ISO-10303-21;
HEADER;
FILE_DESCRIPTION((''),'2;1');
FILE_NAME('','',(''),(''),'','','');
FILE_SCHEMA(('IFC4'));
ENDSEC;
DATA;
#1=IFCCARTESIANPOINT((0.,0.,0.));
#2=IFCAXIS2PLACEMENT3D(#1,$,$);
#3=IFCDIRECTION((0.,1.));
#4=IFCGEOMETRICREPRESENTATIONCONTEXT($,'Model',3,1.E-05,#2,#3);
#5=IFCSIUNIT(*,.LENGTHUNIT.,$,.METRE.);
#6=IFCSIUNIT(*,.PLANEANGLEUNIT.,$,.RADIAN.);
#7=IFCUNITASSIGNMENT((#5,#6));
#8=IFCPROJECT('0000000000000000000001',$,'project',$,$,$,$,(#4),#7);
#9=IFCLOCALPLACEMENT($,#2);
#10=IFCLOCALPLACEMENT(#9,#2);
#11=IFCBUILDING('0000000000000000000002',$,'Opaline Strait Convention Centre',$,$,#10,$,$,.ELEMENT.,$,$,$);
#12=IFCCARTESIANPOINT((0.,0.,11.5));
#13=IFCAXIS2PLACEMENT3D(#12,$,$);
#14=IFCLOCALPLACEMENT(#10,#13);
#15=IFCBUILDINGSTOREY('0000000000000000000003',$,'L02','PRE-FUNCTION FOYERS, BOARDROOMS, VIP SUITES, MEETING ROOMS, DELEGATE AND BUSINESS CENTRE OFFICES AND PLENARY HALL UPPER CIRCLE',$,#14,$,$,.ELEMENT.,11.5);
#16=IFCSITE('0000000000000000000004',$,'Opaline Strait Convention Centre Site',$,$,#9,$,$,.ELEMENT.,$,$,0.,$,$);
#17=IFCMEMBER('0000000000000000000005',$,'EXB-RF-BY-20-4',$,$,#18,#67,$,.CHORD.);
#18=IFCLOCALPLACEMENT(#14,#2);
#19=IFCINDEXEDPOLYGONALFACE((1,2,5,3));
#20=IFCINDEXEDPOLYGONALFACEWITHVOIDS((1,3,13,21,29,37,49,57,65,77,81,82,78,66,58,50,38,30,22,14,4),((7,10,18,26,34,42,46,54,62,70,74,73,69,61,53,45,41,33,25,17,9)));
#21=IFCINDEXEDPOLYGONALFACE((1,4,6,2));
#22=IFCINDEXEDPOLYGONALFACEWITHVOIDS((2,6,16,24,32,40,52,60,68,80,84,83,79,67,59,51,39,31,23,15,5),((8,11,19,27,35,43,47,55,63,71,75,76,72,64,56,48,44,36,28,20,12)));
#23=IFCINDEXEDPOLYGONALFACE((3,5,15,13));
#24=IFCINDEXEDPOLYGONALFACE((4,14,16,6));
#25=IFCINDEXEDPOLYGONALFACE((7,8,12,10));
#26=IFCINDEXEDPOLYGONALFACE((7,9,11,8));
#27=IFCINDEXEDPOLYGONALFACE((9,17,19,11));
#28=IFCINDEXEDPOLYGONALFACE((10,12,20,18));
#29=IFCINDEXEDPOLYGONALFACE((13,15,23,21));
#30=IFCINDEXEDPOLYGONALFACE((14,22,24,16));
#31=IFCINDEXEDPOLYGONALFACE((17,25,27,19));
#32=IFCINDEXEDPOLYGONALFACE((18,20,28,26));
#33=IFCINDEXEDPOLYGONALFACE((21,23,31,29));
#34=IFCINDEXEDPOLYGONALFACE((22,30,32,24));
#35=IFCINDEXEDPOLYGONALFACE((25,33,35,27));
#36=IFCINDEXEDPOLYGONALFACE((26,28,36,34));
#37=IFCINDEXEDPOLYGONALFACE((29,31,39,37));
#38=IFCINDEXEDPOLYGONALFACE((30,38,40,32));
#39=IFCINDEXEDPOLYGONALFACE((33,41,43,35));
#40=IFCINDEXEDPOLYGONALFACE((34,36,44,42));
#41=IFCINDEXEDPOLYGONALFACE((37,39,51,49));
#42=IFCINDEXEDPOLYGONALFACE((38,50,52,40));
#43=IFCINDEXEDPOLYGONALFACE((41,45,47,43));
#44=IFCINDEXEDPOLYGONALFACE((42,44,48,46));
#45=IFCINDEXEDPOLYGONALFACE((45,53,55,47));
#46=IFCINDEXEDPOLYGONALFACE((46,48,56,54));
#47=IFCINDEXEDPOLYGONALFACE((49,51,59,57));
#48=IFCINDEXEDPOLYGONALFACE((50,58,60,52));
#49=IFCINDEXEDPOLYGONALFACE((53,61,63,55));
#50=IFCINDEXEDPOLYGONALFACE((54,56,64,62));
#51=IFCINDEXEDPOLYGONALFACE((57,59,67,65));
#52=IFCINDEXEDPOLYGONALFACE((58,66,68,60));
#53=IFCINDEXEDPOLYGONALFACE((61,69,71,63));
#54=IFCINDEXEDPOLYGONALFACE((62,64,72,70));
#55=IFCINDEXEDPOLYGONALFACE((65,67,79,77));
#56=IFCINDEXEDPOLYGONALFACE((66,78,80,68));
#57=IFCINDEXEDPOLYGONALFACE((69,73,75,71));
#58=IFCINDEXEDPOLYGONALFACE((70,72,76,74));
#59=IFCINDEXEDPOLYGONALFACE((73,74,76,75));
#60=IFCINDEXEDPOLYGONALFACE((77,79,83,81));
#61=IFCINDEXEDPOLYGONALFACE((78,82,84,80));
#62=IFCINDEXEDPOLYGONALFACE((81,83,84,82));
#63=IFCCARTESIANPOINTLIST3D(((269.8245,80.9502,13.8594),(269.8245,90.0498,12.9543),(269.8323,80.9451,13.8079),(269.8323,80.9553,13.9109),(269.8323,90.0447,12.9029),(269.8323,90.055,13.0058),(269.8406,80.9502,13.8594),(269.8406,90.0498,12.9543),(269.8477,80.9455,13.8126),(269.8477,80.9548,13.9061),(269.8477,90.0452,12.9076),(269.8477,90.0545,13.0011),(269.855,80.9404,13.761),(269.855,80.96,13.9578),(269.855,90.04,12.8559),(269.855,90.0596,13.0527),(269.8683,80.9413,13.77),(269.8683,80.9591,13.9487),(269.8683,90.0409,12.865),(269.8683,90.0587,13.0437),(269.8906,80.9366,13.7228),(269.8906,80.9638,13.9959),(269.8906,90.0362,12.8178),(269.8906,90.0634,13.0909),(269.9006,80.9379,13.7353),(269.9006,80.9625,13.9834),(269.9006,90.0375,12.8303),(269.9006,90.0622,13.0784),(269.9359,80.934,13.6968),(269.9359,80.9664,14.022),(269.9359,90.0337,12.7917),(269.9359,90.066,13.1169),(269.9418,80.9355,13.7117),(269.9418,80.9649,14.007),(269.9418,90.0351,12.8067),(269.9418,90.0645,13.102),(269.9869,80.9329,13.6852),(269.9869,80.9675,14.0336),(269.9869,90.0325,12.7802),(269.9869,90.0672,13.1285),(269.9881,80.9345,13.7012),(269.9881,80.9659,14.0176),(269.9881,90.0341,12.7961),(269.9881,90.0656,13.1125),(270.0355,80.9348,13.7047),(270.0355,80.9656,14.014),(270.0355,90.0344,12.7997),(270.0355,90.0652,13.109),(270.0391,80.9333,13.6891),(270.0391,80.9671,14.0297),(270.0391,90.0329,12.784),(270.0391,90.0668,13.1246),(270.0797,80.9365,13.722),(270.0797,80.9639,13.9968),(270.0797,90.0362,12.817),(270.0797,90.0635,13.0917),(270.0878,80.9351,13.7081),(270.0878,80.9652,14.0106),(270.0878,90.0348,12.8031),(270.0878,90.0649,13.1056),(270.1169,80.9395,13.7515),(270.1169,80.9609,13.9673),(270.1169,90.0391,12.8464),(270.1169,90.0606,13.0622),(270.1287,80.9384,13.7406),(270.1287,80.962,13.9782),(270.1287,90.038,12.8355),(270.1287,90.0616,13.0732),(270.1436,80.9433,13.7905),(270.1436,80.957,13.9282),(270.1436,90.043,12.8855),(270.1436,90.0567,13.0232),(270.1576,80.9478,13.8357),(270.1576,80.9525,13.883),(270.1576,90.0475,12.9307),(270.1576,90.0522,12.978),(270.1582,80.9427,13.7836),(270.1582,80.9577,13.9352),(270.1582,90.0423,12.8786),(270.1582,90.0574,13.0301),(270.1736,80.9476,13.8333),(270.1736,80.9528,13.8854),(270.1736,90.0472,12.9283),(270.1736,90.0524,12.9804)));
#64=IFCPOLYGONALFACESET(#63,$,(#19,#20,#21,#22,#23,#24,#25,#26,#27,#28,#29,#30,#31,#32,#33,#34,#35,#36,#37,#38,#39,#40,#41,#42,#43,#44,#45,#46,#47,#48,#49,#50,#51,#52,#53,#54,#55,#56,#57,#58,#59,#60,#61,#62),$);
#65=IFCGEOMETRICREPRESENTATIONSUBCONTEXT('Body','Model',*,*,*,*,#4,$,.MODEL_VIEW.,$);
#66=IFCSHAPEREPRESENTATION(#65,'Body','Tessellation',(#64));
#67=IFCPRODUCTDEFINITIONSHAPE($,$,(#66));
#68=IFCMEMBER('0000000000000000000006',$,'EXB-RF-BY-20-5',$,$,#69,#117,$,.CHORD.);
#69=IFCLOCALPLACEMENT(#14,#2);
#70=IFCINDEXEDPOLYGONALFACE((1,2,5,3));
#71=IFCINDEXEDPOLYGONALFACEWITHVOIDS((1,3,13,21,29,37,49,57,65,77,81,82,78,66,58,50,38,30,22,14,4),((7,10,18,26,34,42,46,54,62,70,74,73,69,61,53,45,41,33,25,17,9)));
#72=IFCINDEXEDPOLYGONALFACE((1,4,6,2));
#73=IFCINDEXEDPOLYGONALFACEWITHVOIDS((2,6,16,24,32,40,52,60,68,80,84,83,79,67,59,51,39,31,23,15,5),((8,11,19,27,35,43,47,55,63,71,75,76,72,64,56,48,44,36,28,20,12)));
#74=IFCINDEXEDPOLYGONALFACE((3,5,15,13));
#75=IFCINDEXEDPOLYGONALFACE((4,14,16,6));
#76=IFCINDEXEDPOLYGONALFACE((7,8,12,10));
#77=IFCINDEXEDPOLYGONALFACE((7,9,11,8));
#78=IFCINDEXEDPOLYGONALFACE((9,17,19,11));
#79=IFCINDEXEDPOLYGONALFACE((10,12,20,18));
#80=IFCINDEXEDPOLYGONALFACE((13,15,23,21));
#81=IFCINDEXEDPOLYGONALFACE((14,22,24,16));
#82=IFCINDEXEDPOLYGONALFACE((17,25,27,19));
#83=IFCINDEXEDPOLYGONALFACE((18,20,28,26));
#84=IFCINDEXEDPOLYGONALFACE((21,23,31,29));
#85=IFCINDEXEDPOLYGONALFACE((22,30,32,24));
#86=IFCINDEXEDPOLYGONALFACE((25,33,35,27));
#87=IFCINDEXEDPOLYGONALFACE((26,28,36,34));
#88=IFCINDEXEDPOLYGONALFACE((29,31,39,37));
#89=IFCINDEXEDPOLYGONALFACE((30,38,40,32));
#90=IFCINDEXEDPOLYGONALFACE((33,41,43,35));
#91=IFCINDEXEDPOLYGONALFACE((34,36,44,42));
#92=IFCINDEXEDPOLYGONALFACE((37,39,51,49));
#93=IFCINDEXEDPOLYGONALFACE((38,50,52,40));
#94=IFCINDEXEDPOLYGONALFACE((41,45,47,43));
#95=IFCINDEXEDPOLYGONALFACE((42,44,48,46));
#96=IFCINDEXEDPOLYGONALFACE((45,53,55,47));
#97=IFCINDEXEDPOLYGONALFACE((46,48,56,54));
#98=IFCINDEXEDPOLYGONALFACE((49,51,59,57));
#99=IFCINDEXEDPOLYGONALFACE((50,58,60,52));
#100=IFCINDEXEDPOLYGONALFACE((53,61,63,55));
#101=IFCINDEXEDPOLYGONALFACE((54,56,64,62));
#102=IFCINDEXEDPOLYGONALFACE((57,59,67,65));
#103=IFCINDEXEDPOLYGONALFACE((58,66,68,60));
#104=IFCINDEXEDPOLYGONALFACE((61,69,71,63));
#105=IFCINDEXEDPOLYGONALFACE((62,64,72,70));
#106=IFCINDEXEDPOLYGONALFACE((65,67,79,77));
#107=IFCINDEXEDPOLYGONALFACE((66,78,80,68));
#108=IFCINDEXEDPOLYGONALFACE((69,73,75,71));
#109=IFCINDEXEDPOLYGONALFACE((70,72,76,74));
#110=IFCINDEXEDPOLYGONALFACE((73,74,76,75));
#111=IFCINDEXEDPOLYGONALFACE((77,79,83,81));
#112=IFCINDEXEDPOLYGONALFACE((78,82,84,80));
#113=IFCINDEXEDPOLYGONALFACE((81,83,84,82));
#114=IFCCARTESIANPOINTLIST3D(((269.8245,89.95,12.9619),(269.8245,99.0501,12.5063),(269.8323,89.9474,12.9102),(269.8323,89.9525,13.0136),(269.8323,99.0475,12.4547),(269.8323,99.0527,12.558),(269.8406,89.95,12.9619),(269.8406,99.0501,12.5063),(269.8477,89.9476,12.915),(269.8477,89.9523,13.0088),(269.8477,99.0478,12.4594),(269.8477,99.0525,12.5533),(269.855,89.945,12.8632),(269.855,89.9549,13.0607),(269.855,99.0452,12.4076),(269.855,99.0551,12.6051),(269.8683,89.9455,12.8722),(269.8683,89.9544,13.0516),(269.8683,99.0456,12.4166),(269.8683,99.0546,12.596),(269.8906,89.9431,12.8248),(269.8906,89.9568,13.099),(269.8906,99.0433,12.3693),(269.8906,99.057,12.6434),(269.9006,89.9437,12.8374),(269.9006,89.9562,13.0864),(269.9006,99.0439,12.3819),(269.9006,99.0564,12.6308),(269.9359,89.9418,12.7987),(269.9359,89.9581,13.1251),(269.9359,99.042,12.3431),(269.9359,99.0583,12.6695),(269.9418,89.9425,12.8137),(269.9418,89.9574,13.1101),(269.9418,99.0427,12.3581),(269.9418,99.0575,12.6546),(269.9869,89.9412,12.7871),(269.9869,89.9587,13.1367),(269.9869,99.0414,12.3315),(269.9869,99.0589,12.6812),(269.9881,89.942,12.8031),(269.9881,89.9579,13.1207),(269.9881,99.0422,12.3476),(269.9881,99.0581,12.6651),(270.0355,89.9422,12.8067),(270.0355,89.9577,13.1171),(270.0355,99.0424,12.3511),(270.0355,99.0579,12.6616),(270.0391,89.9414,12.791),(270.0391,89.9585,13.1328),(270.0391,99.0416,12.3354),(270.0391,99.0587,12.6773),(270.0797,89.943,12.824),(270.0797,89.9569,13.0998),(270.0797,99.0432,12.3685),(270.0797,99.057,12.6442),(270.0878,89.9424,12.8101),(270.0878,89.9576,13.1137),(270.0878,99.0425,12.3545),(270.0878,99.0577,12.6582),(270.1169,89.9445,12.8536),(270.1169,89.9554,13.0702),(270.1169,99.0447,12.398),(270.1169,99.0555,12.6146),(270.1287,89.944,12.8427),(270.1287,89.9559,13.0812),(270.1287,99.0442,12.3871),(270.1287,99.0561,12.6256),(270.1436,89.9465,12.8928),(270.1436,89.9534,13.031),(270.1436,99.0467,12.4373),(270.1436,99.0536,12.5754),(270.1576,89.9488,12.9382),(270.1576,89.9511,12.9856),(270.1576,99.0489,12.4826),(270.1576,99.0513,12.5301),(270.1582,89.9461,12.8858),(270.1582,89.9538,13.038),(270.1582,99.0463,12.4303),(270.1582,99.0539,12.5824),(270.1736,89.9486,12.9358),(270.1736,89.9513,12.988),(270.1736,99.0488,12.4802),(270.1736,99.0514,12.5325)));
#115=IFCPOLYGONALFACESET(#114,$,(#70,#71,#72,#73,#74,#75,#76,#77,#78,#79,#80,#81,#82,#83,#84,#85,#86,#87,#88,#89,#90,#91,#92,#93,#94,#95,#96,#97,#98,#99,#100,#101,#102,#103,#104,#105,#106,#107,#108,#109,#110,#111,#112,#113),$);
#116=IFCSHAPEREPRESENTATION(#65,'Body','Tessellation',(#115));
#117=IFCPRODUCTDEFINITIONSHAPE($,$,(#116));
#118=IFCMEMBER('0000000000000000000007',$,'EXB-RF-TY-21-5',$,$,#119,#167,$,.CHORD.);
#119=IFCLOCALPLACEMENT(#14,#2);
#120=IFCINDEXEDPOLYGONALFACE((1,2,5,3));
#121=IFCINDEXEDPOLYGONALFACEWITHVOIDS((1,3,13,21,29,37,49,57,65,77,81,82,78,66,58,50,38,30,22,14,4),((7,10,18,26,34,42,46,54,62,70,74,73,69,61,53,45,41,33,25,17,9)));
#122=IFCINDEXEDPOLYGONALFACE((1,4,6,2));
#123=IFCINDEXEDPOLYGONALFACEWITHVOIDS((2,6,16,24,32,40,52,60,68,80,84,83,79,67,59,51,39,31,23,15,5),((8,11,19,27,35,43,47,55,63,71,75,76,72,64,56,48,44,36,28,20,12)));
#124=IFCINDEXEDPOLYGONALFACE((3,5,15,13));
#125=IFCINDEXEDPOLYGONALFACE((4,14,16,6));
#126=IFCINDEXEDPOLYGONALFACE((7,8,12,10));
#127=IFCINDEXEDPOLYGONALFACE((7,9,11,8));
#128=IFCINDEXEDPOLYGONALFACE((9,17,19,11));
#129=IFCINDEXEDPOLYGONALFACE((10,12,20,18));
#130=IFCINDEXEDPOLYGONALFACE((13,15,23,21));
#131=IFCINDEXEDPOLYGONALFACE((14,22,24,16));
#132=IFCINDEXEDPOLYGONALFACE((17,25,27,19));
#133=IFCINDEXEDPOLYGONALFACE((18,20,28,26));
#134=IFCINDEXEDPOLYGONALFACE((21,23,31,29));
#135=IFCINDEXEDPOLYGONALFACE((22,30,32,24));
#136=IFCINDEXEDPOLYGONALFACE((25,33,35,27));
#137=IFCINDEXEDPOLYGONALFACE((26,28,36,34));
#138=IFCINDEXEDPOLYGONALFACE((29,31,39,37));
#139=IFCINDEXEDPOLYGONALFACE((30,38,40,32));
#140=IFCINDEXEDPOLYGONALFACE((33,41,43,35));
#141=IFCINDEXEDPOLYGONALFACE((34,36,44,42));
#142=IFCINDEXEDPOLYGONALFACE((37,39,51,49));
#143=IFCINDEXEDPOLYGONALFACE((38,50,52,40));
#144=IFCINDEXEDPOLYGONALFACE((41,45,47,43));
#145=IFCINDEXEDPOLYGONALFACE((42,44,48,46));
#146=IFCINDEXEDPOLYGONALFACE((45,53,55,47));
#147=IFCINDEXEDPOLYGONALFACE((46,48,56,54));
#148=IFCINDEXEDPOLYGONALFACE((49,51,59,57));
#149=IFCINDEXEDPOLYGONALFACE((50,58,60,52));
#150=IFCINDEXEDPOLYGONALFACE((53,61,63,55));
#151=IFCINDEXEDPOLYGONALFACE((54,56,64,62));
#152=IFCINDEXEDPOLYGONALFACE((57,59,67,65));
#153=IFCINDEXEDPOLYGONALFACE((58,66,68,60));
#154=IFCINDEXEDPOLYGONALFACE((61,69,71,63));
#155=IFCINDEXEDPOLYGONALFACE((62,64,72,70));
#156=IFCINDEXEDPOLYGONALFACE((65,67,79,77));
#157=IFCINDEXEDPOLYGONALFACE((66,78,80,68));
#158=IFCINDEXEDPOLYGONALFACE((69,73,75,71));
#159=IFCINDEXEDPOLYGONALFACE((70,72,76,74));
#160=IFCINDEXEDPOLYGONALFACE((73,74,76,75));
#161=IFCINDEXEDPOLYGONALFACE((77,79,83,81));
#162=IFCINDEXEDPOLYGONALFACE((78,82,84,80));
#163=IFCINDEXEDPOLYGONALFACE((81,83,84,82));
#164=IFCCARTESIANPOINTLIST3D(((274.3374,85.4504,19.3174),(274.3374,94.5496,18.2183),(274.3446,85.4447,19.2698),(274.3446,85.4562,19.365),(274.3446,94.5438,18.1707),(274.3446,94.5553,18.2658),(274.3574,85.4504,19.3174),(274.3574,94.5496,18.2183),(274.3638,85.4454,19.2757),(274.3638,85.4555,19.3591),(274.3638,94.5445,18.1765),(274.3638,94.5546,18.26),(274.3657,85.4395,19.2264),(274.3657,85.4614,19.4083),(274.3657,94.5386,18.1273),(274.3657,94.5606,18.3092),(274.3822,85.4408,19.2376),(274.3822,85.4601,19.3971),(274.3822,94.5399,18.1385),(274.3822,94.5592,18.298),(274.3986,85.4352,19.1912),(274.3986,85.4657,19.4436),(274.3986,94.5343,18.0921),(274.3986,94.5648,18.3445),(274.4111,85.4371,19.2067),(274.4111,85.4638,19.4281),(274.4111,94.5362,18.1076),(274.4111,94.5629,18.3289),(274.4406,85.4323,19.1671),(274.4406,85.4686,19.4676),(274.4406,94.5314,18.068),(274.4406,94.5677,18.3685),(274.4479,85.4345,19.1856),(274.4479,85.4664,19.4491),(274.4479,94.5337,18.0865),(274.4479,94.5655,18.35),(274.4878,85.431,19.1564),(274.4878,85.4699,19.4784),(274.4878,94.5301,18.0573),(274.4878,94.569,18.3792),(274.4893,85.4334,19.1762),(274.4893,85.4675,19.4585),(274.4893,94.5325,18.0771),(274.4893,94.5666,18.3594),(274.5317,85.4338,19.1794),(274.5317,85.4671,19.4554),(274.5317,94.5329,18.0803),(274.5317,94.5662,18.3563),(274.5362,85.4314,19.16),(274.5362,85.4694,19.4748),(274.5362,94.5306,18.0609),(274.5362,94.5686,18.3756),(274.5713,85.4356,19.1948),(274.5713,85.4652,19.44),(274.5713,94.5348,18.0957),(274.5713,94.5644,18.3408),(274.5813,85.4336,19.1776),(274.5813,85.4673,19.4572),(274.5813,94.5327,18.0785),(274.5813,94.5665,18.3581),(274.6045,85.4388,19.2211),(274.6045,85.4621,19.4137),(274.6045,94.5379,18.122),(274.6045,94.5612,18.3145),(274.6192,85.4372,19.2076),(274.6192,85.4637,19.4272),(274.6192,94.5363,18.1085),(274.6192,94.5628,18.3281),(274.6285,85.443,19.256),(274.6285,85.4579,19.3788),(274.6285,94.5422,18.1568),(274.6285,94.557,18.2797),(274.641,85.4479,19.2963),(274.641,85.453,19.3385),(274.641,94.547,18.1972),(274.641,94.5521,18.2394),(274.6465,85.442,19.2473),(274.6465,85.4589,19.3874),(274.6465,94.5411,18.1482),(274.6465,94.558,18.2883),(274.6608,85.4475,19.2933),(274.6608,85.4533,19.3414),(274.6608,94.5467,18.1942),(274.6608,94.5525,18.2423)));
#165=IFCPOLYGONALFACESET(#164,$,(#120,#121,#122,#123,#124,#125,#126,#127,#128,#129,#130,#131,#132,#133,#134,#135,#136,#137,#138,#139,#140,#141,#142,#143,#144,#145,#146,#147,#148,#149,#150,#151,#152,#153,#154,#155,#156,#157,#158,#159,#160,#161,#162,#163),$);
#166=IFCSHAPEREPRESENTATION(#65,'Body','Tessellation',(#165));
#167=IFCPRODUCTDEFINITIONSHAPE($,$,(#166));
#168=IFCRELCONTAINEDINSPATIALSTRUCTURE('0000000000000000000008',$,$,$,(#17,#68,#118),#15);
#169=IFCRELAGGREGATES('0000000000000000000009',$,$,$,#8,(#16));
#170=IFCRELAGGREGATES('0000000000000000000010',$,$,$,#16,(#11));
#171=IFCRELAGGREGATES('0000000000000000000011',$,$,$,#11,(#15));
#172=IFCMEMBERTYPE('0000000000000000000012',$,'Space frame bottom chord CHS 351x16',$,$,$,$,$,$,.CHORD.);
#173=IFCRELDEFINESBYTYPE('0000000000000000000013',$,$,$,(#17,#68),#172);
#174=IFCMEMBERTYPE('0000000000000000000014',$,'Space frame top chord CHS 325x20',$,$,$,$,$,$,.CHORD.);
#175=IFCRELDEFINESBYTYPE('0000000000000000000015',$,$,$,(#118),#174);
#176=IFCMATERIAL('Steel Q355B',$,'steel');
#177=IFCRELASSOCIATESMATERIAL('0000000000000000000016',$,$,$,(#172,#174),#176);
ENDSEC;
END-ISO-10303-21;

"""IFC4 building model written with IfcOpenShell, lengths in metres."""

from ifc_helpers import new_model, si_unit, direction, frame, origin, origin_2d, place, context, subcontext, project, spatial, hollow_circle, extrude, material, material_profile, profile_set, type_object, element, save


model = new_model("IFC4")

# Units and contexts
model_context = context("Model", 3, precision=1e-05, world=origin(), true_north=direction((0.0, 1.0)))
body_context = subcontext(model_context, "Body", "Model", "MODEL_VIEW")
ifc_project = project(units=[si_unit("LENGTHUNIT", "METRE"), si_unit("PLANEANGLEUNIT", "RADIAN")], contexts=[model_context])

# Site, building, storey
site_placement = place(None, origin())
site = spatial("IfcSite", under=ifc_project, at=site_placement, Name="Opaline Strait Convention Centre Site", CompositionType="ELEMENT", RefElevation=0.0)
building_placement = place(site_placement, origin())
building = spatial("IfcBuilding", under=site, at=building_placement, Name="Opaline Strait Convention Centre", CompositionType="ELEMENT")
storey_placement = place(building_placement, frame((0.0, 0.0, 11.5)))
storey = spatial("IfcBuildingStorey", under=building, at=storey_placement, Name="L02", Description="PRE-FUNCTION FOYERS, BOARDROOMS, VIP SUITES, MEETING ROOMS, DELEGATE AND BUSINESS CENTRE OFFICES AND PLENARY HALL UPPER CIRCLE", CompositionType="ELEMENT", Elevation=11.5)

# Members
ifc_material_1 = material(Name="Steel Q355B", Category="steel")
ifc_material_profile_1 = material_profile(ifc_material_1, hollow_circle(Radius=0.1755, WallThickness=0.0161, at=origin_2d()), Name="CHS 351x16")
ifc_profile_set_1 = profile_set([ifc_material_profile_1], Name="Steel Q355B")
member_type_1 = type_object("IfcMemberType", Name="Space frame bottom chord CHS 351x16", PredefinedType="CHORD", material=ifc_profile_set_1)
member_1_placement = place(storey_placement, frame((270.0, 80.9502, 13.8594), z_axis=(0.0, 0.99509, -0.09897), x_axis=(-1.0, 0.0, 0.0)))
element("IfcMember", 1, at=member_1_placement, inside=storey, type_object=member_type_1, Name="EXB-RF-BY-20-4", PredefinedType="CHORD", context=body_context, shape_type="SweptSolid", body=[
    extrude(hollow_circle(Radius=0.1755, WallThickness=0.0161, at=origin_2d()), origin(), (0.0, 0.0, 1.0), 9.1445),
])
member_2_placement = place(storey_placement, frame((270.0, 89.95, 12.9619), z_axis=(0.0, 0.998749, -0.049999), x_axis=(-1.0, 0.0, 0.0)))
element("IfcMember", 2, at=member_2_placement, inside=storey, type_object=member_type_1, Name="EXB-RF-BY-20-5", PredefinedType="CHORD", context=body_context, shape_type="SweptSolid", body=[
    extrude(hollow_circle(Radius=0.1755, WallThickness=0.0161, at=origin_2d()), origin(), (0.0, 0.0, 1.0), 9.1116),
])
ifc_material_profile_2 = material_profile(ifc_material_1, hollow_circle(Radius=0.1626, WallThickness=0.02, at=origin_2d()), Name="CHS 325x20")
ifc_profile_set_2 = profile_set([ifc_material_profile_2], Name="Steel Q355B")
member_type_2 = type_object("IfcMemberType", Name="Space frame top chord CHS 325x20", PredefinedType="CHORD", material=ifc_profile_set_2)
member_3_placement = place(storey_placement, frame((274.5, 85.4504, 19.3174), z_axis=(0.0, 0.992783, -0.119922), x_axis=(-1.0, 0.0, 0.0)))
element("IfcMember", 3, at=member_3_placement, inside=storey, type_object=member_type_2, Name="EXB-RF-TY-21-5", PredefinedType="CHORD", context=body_context, shape_type="SweptSolid", body=[
    extrude(hollow_circle(Radius=0.1626, WallThickness=0.02, at=origin_2d()), origin(), (0.0, 0.0, 1.0), 9.1653),
])

save(model, "model.ifc")
